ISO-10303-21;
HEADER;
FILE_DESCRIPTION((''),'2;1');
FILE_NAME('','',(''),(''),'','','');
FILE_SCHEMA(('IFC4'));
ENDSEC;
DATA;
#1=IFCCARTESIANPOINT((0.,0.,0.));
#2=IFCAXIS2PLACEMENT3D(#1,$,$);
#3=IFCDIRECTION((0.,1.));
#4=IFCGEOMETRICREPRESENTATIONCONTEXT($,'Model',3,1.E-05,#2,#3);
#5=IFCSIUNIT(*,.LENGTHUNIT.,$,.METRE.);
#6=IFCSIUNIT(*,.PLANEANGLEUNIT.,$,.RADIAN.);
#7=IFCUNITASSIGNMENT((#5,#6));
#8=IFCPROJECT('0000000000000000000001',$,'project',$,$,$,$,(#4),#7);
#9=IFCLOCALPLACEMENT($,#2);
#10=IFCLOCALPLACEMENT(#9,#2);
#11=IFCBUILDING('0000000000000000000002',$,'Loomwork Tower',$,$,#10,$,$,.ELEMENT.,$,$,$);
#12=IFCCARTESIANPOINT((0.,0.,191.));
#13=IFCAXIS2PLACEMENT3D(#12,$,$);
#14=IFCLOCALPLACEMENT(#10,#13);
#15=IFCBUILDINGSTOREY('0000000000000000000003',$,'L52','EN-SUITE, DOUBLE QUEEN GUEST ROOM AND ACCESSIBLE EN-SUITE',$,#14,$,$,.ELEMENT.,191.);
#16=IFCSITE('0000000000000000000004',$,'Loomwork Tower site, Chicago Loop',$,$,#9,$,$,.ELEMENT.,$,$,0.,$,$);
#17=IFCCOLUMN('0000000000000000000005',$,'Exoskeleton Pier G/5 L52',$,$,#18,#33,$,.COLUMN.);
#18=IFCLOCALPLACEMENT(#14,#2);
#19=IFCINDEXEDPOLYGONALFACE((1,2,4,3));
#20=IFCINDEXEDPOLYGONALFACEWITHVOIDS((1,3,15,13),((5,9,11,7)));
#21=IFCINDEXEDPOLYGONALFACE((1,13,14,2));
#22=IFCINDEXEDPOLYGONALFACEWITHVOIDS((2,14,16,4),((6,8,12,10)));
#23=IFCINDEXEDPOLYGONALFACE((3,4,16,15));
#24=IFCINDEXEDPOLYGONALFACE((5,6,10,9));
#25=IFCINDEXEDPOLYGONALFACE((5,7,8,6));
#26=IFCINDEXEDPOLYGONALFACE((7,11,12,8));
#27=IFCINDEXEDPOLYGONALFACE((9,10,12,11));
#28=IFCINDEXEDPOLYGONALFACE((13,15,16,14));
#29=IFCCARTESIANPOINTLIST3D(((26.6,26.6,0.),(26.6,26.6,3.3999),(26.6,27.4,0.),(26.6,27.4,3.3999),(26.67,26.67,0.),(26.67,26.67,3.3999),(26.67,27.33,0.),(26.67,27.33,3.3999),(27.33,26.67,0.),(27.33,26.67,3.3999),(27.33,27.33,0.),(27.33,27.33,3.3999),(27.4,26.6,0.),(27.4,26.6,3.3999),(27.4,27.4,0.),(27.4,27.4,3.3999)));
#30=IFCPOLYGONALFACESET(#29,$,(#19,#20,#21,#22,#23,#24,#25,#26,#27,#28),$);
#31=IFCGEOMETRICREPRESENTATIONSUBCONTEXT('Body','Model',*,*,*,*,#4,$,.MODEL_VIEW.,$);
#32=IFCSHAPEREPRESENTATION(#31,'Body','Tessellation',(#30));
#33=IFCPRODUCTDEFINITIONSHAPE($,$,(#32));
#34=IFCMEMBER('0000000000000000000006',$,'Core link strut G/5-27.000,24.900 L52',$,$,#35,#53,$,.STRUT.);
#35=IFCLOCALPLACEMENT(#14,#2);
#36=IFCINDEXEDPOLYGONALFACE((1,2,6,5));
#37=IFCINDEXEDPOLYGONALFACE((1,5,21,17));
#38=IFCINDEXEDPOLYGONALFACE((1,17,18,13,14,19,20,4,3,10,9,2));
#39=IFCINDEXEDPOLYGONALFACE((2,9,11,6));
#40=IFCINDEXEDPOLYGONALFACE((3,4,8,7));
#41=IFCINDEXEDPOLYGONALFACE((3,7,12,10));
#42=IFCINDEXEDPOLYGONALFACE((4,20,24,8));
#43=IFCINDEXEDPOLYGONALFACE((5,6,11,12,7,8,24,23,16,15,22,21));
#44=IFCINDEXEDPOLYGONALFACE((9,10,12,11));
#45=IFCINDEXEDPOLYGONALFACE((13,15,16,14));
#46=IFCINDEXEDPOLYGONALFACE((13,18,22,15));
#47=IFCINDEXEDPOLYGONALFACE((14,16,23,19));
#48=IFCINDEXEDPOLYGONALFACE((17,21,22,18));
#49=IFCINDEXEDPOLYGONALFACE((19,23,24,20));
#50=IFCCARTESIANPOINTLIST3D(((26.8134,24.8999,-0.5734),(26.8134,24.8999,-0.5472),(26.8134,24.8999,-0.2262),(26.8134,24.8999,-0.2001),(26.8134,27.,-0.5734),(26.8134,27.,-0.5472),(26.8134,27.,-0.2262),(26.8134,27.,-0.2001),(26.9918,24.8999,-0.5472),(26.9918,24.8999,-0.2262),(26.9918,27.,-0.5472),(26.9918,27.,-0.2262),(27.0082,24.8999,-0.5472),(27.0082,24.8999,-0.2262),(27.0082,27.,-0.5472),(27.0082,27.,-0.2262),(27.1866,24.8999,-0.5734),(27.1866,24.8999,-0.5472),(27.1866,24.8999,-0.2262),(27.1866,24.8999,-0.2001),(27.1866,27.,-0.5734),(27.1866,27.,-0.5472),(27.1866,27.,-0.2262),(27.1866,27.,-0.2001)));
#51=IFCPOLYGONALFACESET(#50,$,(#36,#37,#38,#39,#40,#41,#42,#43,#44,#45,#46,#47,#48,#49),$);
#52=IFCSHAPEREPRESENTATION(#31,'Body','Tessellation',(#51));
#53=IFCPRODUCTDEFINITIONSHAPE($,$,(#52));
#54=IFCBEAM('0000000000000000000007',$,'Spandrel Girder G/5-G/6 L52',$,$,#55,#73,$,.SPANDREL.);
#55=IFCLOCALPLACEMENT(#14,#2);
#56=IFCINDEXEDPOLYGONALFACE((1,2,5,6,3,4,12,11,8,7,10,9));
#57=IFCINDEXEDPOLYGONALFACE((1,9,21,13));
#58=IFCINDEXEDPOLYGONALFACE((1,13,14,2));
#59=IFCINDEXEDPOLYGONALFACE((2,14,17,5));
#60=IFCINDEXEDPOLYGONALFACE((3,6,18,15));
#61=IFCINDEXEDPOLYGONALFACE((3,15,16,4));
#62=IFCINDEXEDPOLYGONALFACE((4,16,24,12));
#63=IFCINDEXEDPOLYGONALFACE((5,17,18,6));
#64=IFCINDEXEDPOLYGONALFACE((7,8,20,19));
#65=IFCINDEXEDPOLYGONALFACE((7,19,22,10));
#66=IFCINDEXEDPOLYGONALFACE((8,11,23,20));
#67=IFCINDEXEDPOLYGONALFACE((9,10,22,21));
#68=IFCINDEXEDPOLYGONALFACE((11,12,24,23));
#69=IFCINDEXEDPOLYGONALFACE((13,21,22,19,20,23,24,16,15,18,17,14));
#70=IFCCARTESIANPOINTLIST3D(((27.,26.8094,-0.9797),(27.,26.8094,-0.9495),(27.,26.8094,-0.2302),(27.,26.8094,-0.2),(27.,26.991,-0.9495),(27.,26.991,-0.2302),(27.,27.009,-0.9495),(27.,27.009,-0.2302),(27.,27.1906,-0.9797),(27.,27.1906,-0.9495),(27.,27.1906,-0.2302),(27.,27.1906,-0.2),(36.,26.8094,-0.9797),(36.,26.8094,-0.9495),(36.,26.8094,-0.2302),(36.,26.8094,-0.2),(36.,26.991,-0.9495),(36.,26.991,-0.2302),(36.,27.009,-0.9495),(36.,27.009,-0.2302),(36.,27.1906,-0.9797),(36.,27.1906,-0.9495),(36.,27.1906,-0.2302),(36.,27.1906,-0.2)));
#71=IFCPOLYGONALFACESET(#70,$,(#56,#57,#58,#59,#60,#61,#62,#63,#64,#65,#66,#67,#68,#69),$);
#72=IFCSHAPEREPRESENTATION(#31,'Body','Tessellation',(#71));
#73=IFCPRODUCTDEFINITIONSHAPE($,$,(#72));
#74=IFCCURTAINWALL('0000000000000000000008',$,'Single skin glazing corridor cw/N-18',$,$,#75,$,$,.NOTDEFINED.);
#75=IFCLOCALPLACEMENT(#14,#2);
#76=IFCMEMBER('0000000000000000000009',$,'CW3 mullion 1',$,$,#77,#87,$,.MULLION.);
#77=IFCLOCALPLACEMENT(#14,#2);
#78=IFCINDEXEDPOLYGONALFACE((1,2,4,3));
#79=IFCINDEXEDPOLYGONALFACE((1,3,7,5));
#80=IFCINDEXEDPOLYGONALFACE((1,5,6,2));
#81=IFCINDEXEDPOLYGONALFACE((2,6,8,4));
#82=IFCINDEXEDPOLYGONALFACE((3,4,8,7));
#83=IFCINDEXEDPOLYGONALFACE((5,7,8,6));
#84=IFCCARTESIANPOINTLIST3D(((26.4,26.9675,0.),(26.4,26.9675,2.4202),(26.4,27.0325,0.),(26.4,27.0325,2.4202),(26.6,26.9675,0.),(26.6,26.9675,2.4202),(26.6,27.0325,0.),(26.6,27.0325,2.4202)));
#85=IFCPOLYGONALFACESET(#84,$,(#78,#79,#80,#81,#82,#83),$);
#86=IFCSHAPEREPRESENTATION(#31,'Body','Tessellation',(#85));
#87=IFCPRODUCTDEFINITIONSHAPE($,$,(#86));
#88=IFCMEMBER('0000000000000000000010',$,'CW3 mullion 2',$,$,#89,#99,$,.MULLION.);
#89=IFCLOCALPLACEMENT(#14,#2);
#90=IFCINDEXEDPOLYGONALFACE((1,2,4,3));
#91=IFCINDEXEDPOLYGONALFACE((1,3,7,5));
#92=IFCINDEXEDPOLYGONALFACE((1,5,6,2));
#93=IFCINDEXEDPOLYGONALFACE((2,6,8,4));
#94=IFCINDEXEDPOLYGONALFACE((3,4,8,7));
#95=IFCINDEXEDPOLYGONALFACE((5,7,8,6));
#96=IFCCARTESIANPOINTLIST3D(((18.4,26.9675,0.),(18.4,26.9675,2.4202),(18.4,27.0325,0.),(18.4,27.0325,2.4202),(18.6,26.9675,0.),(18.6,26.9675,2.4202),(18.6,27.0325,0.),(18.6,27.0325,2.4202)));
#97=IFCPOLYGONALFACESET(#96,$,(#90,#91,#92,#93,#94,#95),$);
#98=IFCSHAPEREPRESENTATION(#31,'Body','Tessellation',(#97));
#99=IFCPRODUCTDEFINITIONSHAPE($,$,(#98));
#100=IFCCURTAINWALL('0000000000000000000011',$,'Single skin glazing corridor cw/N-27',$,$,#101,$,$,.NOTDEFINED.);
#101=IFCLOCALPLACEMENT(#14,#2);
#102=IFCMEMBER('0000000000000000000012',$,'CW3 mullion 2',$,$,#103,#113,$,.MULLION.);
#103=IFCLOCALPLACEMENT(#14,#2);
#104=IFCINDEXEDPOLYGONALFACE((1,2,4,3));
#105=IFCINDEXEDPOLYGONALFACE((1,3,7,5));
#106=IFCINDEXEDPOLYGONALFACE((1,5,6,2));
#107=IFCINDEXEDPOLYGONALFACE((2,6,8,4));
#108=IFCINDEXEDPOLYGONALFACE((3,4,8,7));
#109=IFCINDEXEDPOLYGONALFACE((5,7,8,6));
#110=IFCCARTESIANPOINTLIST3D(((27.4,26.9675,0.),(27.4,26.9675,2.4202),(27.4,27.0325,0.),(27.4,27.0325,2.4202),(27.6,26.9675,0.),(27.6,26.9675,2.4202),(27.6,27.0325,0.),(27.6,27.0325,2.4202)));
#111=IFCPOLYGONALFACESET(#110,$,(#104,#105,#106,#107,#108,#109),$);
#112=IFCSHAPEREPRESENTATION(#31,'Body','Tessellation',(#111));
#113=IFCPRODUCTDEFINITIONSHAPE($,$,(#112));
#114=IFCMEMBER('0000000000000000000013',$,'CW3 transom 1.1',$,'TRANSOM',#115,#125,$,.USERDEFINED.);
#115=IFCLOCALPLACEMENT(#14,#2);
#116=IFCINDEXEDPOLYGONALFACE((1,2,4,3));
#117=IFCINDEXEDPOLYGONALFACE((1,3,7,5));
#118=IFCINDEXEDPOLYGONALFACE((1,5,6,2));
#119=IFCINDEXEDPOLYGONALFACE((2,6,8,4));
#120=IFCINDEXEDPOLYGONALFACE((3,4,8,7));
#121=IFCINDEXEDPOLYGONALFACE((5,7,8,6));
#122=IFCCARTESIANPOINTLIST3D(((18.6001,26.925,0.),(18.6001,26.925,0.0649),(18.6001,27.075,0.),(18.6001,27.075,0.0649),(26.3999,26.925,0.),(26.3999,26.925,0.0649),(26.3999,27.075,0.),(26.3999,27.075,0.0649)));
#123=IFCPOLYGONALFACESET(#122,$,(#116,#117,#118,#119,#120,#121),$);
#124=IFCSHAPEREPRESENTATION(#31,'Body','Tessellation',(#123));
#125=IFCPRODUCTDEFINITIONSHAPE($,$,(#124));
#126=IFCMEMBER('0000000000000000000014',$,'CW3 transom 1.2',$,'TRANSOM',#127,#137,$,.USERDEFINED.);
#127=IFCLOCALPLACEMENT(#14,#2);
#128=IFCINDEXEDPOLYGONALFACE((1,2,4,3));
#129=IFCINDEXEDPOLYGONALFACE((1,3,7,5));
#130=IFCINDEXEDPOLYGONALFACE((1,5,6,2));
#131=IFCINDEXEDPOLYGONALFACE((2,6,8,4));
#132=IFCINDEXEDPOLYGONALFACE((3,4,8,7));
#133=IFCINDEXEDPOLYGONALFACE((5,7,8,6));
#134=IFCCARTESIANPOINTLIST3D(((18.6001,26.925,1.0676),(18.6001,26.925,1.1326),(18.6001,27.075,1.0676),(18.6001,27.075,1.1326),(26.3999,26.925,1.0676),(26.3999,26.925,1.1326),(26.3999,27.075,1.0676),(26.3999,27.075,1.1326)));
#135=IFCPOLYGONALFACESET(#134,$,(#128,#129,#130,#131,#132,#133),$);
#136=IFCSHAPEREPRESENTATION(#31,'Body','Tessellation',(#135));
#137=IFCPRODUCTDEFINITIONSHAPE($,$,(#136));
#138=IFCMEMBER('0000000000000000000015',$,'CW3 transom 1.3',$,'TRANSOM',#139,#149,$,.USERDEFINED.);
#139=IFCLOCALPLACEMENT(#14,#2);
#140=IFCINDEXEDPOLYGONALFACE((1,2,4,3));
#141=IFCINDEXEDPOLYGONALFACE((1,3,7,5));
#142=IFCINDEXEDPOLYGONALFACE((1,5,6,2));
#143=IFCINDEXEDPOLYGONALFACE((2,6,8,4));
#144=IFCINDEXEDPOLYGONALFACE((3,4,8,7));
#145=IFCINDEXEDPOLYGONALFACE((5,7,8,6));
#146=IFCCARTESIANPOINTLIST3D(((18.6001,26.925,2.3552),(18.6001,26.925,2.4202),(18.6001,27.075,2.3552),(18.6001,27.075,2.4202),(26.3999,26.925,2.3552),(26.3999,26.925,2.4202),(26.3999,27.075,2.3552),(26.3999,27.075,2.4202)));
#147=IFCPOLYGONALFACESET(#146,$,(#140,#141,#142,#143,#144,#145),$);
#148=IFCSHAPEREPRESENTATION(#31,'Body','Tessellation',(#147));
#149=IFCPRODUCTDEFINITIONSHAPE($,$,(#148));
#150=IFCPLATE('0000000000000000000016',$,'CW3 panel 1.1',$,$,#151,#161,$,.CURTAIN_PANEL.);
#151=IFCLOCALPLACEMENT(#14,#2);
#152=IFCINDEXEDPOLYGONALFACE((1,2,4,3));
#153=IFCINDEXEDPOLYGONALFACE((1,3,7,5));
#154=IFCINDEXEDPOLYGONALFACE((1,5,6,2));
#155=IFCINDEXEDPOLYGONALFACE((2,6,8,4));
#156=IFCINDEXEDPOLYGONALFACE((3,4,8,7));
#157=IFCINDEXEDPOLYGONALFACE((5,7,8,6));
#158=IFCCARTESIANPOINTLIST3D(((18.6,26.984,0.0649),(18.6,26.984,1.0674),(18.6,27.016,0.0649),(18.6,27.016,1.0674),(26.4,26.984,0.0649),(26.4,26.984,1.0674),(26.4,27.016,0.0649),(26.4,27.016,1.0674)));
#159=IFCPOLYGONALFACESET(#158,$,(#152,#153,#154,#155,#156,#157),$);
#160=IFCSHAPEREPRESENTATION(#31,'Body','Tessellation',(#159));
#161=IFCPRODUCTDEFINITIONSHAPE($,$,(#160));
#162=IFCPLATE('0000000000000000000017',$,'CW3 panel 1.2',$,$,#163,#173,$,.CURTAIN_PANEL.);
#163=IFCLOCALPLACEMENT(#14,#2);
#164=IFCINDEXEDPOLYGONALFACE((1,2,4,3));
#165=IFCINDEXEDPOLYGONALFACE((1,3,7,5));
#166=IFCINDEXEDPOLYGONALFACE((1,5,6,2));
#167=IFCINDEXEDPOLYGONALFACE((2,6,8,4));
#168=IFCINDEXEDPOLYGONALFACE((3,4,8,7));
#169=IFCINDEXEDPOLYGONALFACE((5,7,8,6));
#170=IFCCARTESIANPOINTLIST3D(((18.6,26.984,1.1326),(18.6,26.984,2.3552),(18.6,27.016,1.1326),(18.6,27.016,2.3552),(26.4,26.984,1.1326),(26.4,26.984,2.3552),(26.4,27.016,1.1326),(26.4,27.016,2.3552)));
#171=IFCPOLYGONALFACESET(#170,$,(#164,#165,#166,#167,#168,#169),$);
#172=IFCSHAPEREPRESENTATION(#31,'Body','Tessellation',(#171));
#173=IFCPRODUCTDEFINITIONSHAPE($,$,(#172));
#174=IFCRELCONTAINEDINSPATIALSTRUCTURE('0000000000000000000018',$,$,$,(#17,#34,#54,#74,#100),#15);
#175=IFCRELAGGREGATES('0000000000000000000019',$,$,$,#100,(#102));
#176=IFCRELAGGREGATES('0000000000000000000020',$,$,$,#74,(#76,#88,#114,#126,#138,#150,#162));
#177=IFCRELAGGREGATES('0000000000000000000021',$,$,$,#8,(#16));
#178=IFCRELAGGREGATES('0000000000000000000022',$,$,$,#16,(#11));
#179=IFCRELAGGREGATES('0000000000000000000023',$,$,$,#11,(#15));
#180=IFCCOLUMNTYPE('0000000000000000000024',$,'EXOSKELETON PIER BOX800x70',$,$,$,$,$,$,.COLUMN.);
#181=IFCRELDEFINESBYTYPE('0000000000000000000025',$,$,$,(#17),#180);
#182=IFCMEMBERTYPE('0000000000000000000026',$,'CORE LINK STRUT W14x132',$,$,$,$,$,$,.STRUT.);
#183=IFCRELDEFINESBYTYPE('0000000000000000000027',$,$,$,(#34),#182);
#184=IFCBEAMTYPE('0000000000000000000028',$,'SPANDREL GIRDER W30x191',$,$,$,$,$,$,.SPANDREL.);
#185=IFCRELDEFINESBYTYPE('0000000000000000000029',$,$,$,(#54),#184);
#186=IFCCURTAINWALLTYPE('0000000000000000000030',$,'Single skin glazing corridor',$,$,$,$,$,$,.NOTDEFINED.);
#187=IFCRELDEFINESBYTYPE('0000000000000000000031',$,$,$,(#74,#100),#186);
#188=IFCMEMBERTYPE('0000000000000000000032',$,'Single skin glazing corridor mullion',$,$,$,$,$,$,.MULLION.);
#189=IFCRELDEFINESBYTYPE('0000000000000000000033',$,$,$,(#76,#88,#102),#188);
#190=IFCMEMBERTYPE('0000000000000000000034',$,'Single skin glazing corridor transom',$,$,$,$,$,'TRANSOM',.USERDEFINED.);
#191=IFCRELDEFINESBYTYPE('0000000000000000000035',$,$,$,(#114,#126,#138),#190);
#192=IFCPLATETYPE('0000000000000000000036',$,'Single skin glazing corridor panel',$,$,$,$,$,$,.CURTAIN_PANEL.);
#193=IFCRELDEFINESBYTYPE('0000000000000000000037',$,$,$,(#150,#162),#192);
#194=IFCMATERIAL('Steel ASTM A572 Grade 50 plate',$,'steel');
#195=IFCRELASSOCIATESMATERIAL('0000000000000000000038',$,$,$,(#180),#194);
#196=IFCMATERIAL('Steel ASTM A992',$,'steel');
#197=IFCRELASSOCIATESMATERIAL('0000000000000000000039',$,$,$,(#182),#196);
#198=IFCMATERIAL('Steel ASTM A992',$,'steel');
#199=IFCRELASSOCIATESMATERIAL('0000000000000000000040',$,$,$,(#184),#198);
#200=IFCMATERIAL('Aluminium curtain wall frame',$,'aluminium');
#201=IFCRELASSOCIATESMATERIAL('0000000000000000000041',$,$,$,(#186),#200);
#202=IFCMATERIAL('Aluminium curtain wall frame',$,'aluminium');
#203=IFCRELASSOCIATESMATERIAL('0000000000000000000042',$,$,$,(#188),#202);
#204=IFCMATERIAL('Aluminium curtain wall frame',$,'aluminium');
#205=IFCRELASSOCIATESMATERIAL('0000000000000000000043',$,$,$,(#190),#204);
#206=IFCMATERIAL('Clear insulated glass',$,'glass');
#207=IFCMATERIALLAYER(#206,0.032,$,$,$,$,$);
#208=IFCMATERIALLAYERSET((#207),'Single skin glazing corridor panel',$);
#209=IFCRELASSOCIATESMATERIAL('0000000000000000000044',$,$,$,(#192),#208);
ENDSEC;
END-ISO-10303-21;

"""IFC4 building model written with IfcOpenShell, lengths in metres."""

from ifc_helpers import new_model, si_unit, direction, frame, origin, origin_2d, place, context, subcontext, project, spatial, rectangle, hollow_rectangle, i_section, extrude, material, layer, layer_set, material_profile, profile_set, type_object, element, aggregate, save


model = new_model("IFC4")

# Units and contexts
model_context = context("Model", 3, precision=1e-05, world=origin(), true_north=direction((0.0, 1.0)))
body_context = subcontext(model_context, "Body", "Model", "MODEL_VIEW")
ifc_project = project(units=[si_unit("LENGTHUNIT", "METRE"), si_unit("PLANEANGLEUNIT", "RADIAN")], contexts=[model_context])

# Site, building, storey
site_placement = place(None, origin())
site = spatial("IfcSite", under=ifc_project, at=site_placement, Name="Loomwork Tower site, Chicago Loop", CompositionType="ELEMENT", RefElevation=0.0)
building_placement = place(site_placement, origin())
building = spatial("IfcBuilding", under=site, at=building_placement, Name="Loomwork Tower", CompositionType="ELEMENT")
storey_placement = place(building_placement, frame((0.0, 0.0, 191.0)))
storey = spatial("IfcBuildingStorey", under=building, at=storey_placement, Name="L52", Description="EN-SUITE, DOUBLE QUEEN GUEST ROOM AND ACCESSIBLE EN-SUITE", CompositionType="ELEMENT", Elevation=191.0)

# Column
ifc_material_1 = material(Name="Steel ASTM A572 Grade 50 plate", Category="steel")
ifc_material_profile_1 = material_profile(ifc_material_1, hollow_rectangle(XDim=0.8, YDim=0.8, WallThickness=0.0701, at=origin_2d()), Name="BOX800x70")
ifc_profile_set_1 = profile_set([ifc_material_profile_1], Name="Steel ASTM A572 Grade 50 plate")
column_type = type_object("IfcColumnType", Name="EXOSKELETON PIER BOX800x70", PredefinedType="COLUMN", material=ifc_profile_set_1)
column_placement = place(storey_placement, frame((27.0, 27.0, 0.0), z_axis=(0.0, 0.0, 1.0), x_axis=(1.0, 0.0, 0.0)))
element("IfcColumn", 1, at=column_placement, inside=storey, type_object=column_type, Name="Exoskeleton Pier G/5 L52", PredefinedType="COLUMN", context=body_context, shape_type="SweptSolid", body=[
    extrude(hollow_rectangle(XDim=0.8, YDim=0.8, WallThickness=0.0701, at=origin_2d()), origin(), (0.0, 0.0, 1.0), 3.3999),
])

# Member
ifc_material_2 = material(Name="Steel ASTM A992", Category="steel")
ifc_material_profile_2 = material_profile(ifc_material_2, i_section(OverallWidth=0.3733, OverallDepth=0.3733, WebThickness=0.0164, FlangeThickness=0.0261, at=origin_2d()), Name="W14x132")
ifc_profile_set_2 = profile_set([ifc_material_profile_2], Name="Steel ASTM A992")
member_type_1 = type_object("IfcMemberType", Name="CORE LINK STRUT W14x132", PredefinedType="STRUT", material=ifc_profile_set_2)
member_1_placement = place(storey_placement, frame((27.0, 27.0, -0.3867), z_axis=(0.0, -1.0, 0.0), x_axis=(1.0, 0.0, 0.0)))
element("IfcMember", 2, at=member_1_placement, inside=storey, type_object=member_type_1, Name="Core link strut G/5-27.000,24.900 L52", PredefinedType="STRUT", context=body_context, shape_type="SweptSolid", body=[
    extrude(i_section(OverallWidth=0.3733, OverallDepth=0.3733, WebThickness=0.0164, FlangeThickness=0.0261, at=origin_2d()), origin(), (0.0, 0.0, 1.0), 2.1001),
])

# Beam
ifc_material_3 = material(Name="Steel ASTM A992", Category="steel")
ifc_material_profile_3 = material_profile(ifc_material_3, i_section(OverallWidth=0.3811, OverallDepth=0.7798, WebThickness=0.0181, FlangeThickness=0.0303, at=origin_2d()), Name="W30x191")
ifc_profile_set_3 = profile_set([ifc_material_profile_3], Name="Steel ASTM A992")
beam_type = type_object("IfcBeamType", Name="SPANDREL GIRDER W30x191", PredefinedType="SPANDREL", material=ifc_profile_set_3)
beam_placement = place(storey_placement, frame((27.0, 27.0, -0.5898), z_axis=(1.0, 0.0, 0.0), x_axis=(0.0, 1.0, 0.0)))
element("IfcBeam", 3, at=beam_placement, inside=storey, type_object=beam_type, Name="Spandrel Girder G/5-G/6 L52", PredefinedType="SPANDREL", context=body_context, shape_type="SweptSolid", body=[
    extrude(i_section(OverallWidth=0.3811, OverallDepth=0.7798, WebThickness=0.0181, FlangeThickness=0.0303, at=origin_2d()), origin(), (0.0, 0.0, 1.0), 9.0),
])

# Curtain wall, members
ifc_material_4 = material(Name="Aluminium curtain wall frame", Category="aluminium")
curtain_wall_type = type_object("IfcCurtainWallType", Name="Single skin glazing corridor", PredefinedType="NOTDEFINED", material=ifc_material_4)
curtain_wall_1_placement = place(storey_placement, origin())
curtain_wall_1 = element("IfcCurtainWall", 4, at=curtain_wall_1_placement, inside=storey, type_object=curtain_wall_type, Name="Single skin glazing corridor cw/N-18", PredefinedType="NOTDEFINED")
ifc_material_5 = material(Name="Aluminium curtain wall frame", Category="aluminium")
ifc_material_profile_4 = material_profile(ifc_material_5, rectangle(XDim=0.0649, YDim=0.2, at=origin_2d()), Name="AL 65x200")
ifc_profile_set_4 = profile_set([ifc_material_profile_4], Name="Aluminium curtain wall frame")
member_type_2 = type_object("IfcMemberType", Name="Single skin glazing corridor mullion", PredefinedType="MULLION", material=ifc_profile_set_4)
member_2_placement = place(storey_placement, frame((26.5, 27.0, 0.0), z_axis=(0.0, 0.0, 1.0), x_axis=(0.0, -1.0, 0.0)))
member_2 = element("IfcMember", 5, at=member_2_placement, type_object=member_type_2, Name="CW3 mullion 1", PredefinedType="MULLION", context=body_context, shape_type="SweptSolid", body=[
    extrude(rectangle(XDim=0.0649, YDim=0.2, at=origin_2d()), origin(), (0.0, 0.0, 1.0), 2.4202),
])
member_3_placement = place(storey_placement, frame((18.5, 27.0, 0.0), z_axis=(0.0, 0.0, 1.0), x_axis=(0.0, -1.0, 0.0)))
member_3 = element("IfcMember", 6, at=member_3_placement, type_object=member_type_2, Name="CW3 mullion 2", PredefinedType="MULLION", context=body_context, shape_type="SweptSolid", body=[
    extrude(rectangle(XDim=0.0649, YDim=0.2, at=origin_2d()), origin(), (0.0, 0.0, 1.0), 2.4202),
])

# Curtain wall, member
curtain_wall_2_placement = place(storey_placement, origin())
curtain_wall_2 = element("IfcCurtainWall", 7, at=curtain_wall_2_placement, inside=storey, type_object=curtain_wall_type, Name="Single skin glazing corridor cw/N-27", PredefinedType="NOTDEFINED")
member_4_placement = place(storey_placement, frame((27.5, 27.0, 0.0), z_axis=(0.0, 0.0, 1.0), x_axis=(0.0, -1.0, 0.0)))
member_4 = element("IfcMember", 8, at=member_4_placement, type_object=member_type_2, Name="CW3 mullion 2", PredefinedType="MULLION", context=body_context, shape_type="SweptSolid", body=[
    extrude(rectangle(XDim=0.0649, YDim=0.2, at=origin_2d()), origin(), (0.0, 0.0, 1.0), 2.4202),
])
aggregate(curtain_wall_2, [member_4])

# Members
ifc_material_6 = material(Name="Aluminium curtain wall frame", Category="aluminium")
ifc_material_profile_5 = material_profile(ifc_material_6, rectangle(XDim=0.1499, YDim=0.0649, at=origin_2d()), Name="AL 65x150")
ifc_profile_set_5 = profile_set([ifc_material_profile_5], Name="Aluminium curtain wall frame")
member_type_3 = type_object("IfcMemberType", Name="Single skin glazing corridor transom", ElementType="TRANSOM", PredefinedType="USERDEFINED", material=ifc_profile_set_5)
member_5_placement = place(storey_placement, frame((26.3999, 27.0, 0.0325), z_axis=(-1.0, 0.0, 0.0), x_axis=(0.0, -1.0, 0.0)))
member_5 = element("IfcMember", 9, at=member_5_placement, type_object=member_type_3, Name="CW3 transom 1.1", ObjectType="TRANSOM", PredefinedType="USERDEFINED", context=body_context, shape_type="SweptSolid", body=[
    extrude(rectangle(XDim=0.1499, YDim=0.0649, at=origin_2d()), origin(), (0.0, 0.0, 1.0), 7.7998),
])
member_6_placement = place(storey_placement, frame((26.3999, 27.0, 1.1001), z_axis=(-1.0, 0.0, 0.0), x_axis=(0.0, -1.0, 0.0)))
member_6 = element("IfcMember", 10, at=member_6_placement, type_object=member_type_3, Name="CW3 transom 1.2", ObjectType="TRANSOM", PredefinedType="USERDEFINED", context=body_context, shape_type="SweptSolid", body=[
    extrude(rectangle(XDim=0.1499, YDim=0.0649, at=origin_2d()), origin(), (0.0, 0.0, 1.0), 7.7998),
])
member_7_placement = place(storey_placement, frame((26.3999, 27.0, 2.3877), z_axis=(-1.0, 0.0, 0.0), x_axis=(0.0, -1.0, 0.0)))
member_7 = element("IfcMember", 11, at=member_7_placement, type_object=member_type_3, Name="CW3 transom 1.3", ObjectType="TRANSOM", PredefinedType="USERDEFINED", context=body_context, shape_type="SweptSolid", body=[
    extrude(rectangle(XDim=0.1499, YDim=0.0649, at=origin_2d()), origin(), (0.0, 0.0, 1.0), 7.7998),
])

# Plates
ifc_material_7 = material(Name="Clear insulated glass", Category="glass")
ifc_layer_1 = layer(ifc_material_7, 0.032)
ifc_layer_set_1 = layer_set([ifc_layer_1], Name="Single skin glazing corridor panel")
plate_type = type_object("IfcPlateType", Name="Single skin glazing corridor panel", PredefinedType="CURTAIN_PANEL", material=ifc_layer_set_1)
plate_1_placement = place(storey_placement, frame((22.5, 27.0, 0.0649), z_axis=(0.0, 0.0, 1.0), x_axis=(-1.0, 0.0, 0.0)))
plate_1 = element("IfcPlate", 12, at=plate_1_placement, type_object=plate_type, Name="CW3 panel 1.1", PredefinedType="CURTAIN_PANEL", context=body_context, shape_type="SweptSolid", body=[
    extrude(rectangle(XDim=7.8, YDim=0.032, at=origin_2d()), origin(), (0.0, 0.0, 1.0), 1.0024),
])
plate_2_placement = place(storey_placement, frame((22.5, 27.0, 1.1326), z_axis=(0.0, 0.0, 1.0), x_axis=(-1.0, 0.0, 0.0)))
plate_2 = element("IfcPlate", 13, at=plate_2_placement, type_object=plate_type, Name="CW3 panel 1.2", PredefinedType="CURTAIN_PANEL", context=body_context, shape_type="SweptSolid", body=[
    extrude(rectangle(XDim=7.8, YDim=0.032, at=origin_2d()), origin(), (0.0, 0.0, 1.0), 1.2227),
])
aggregate(curtain_wall_1, [member_2, member_3, member_5, member_6, member_7, plate_1, plate_2])

save(model, "model.ifc")
